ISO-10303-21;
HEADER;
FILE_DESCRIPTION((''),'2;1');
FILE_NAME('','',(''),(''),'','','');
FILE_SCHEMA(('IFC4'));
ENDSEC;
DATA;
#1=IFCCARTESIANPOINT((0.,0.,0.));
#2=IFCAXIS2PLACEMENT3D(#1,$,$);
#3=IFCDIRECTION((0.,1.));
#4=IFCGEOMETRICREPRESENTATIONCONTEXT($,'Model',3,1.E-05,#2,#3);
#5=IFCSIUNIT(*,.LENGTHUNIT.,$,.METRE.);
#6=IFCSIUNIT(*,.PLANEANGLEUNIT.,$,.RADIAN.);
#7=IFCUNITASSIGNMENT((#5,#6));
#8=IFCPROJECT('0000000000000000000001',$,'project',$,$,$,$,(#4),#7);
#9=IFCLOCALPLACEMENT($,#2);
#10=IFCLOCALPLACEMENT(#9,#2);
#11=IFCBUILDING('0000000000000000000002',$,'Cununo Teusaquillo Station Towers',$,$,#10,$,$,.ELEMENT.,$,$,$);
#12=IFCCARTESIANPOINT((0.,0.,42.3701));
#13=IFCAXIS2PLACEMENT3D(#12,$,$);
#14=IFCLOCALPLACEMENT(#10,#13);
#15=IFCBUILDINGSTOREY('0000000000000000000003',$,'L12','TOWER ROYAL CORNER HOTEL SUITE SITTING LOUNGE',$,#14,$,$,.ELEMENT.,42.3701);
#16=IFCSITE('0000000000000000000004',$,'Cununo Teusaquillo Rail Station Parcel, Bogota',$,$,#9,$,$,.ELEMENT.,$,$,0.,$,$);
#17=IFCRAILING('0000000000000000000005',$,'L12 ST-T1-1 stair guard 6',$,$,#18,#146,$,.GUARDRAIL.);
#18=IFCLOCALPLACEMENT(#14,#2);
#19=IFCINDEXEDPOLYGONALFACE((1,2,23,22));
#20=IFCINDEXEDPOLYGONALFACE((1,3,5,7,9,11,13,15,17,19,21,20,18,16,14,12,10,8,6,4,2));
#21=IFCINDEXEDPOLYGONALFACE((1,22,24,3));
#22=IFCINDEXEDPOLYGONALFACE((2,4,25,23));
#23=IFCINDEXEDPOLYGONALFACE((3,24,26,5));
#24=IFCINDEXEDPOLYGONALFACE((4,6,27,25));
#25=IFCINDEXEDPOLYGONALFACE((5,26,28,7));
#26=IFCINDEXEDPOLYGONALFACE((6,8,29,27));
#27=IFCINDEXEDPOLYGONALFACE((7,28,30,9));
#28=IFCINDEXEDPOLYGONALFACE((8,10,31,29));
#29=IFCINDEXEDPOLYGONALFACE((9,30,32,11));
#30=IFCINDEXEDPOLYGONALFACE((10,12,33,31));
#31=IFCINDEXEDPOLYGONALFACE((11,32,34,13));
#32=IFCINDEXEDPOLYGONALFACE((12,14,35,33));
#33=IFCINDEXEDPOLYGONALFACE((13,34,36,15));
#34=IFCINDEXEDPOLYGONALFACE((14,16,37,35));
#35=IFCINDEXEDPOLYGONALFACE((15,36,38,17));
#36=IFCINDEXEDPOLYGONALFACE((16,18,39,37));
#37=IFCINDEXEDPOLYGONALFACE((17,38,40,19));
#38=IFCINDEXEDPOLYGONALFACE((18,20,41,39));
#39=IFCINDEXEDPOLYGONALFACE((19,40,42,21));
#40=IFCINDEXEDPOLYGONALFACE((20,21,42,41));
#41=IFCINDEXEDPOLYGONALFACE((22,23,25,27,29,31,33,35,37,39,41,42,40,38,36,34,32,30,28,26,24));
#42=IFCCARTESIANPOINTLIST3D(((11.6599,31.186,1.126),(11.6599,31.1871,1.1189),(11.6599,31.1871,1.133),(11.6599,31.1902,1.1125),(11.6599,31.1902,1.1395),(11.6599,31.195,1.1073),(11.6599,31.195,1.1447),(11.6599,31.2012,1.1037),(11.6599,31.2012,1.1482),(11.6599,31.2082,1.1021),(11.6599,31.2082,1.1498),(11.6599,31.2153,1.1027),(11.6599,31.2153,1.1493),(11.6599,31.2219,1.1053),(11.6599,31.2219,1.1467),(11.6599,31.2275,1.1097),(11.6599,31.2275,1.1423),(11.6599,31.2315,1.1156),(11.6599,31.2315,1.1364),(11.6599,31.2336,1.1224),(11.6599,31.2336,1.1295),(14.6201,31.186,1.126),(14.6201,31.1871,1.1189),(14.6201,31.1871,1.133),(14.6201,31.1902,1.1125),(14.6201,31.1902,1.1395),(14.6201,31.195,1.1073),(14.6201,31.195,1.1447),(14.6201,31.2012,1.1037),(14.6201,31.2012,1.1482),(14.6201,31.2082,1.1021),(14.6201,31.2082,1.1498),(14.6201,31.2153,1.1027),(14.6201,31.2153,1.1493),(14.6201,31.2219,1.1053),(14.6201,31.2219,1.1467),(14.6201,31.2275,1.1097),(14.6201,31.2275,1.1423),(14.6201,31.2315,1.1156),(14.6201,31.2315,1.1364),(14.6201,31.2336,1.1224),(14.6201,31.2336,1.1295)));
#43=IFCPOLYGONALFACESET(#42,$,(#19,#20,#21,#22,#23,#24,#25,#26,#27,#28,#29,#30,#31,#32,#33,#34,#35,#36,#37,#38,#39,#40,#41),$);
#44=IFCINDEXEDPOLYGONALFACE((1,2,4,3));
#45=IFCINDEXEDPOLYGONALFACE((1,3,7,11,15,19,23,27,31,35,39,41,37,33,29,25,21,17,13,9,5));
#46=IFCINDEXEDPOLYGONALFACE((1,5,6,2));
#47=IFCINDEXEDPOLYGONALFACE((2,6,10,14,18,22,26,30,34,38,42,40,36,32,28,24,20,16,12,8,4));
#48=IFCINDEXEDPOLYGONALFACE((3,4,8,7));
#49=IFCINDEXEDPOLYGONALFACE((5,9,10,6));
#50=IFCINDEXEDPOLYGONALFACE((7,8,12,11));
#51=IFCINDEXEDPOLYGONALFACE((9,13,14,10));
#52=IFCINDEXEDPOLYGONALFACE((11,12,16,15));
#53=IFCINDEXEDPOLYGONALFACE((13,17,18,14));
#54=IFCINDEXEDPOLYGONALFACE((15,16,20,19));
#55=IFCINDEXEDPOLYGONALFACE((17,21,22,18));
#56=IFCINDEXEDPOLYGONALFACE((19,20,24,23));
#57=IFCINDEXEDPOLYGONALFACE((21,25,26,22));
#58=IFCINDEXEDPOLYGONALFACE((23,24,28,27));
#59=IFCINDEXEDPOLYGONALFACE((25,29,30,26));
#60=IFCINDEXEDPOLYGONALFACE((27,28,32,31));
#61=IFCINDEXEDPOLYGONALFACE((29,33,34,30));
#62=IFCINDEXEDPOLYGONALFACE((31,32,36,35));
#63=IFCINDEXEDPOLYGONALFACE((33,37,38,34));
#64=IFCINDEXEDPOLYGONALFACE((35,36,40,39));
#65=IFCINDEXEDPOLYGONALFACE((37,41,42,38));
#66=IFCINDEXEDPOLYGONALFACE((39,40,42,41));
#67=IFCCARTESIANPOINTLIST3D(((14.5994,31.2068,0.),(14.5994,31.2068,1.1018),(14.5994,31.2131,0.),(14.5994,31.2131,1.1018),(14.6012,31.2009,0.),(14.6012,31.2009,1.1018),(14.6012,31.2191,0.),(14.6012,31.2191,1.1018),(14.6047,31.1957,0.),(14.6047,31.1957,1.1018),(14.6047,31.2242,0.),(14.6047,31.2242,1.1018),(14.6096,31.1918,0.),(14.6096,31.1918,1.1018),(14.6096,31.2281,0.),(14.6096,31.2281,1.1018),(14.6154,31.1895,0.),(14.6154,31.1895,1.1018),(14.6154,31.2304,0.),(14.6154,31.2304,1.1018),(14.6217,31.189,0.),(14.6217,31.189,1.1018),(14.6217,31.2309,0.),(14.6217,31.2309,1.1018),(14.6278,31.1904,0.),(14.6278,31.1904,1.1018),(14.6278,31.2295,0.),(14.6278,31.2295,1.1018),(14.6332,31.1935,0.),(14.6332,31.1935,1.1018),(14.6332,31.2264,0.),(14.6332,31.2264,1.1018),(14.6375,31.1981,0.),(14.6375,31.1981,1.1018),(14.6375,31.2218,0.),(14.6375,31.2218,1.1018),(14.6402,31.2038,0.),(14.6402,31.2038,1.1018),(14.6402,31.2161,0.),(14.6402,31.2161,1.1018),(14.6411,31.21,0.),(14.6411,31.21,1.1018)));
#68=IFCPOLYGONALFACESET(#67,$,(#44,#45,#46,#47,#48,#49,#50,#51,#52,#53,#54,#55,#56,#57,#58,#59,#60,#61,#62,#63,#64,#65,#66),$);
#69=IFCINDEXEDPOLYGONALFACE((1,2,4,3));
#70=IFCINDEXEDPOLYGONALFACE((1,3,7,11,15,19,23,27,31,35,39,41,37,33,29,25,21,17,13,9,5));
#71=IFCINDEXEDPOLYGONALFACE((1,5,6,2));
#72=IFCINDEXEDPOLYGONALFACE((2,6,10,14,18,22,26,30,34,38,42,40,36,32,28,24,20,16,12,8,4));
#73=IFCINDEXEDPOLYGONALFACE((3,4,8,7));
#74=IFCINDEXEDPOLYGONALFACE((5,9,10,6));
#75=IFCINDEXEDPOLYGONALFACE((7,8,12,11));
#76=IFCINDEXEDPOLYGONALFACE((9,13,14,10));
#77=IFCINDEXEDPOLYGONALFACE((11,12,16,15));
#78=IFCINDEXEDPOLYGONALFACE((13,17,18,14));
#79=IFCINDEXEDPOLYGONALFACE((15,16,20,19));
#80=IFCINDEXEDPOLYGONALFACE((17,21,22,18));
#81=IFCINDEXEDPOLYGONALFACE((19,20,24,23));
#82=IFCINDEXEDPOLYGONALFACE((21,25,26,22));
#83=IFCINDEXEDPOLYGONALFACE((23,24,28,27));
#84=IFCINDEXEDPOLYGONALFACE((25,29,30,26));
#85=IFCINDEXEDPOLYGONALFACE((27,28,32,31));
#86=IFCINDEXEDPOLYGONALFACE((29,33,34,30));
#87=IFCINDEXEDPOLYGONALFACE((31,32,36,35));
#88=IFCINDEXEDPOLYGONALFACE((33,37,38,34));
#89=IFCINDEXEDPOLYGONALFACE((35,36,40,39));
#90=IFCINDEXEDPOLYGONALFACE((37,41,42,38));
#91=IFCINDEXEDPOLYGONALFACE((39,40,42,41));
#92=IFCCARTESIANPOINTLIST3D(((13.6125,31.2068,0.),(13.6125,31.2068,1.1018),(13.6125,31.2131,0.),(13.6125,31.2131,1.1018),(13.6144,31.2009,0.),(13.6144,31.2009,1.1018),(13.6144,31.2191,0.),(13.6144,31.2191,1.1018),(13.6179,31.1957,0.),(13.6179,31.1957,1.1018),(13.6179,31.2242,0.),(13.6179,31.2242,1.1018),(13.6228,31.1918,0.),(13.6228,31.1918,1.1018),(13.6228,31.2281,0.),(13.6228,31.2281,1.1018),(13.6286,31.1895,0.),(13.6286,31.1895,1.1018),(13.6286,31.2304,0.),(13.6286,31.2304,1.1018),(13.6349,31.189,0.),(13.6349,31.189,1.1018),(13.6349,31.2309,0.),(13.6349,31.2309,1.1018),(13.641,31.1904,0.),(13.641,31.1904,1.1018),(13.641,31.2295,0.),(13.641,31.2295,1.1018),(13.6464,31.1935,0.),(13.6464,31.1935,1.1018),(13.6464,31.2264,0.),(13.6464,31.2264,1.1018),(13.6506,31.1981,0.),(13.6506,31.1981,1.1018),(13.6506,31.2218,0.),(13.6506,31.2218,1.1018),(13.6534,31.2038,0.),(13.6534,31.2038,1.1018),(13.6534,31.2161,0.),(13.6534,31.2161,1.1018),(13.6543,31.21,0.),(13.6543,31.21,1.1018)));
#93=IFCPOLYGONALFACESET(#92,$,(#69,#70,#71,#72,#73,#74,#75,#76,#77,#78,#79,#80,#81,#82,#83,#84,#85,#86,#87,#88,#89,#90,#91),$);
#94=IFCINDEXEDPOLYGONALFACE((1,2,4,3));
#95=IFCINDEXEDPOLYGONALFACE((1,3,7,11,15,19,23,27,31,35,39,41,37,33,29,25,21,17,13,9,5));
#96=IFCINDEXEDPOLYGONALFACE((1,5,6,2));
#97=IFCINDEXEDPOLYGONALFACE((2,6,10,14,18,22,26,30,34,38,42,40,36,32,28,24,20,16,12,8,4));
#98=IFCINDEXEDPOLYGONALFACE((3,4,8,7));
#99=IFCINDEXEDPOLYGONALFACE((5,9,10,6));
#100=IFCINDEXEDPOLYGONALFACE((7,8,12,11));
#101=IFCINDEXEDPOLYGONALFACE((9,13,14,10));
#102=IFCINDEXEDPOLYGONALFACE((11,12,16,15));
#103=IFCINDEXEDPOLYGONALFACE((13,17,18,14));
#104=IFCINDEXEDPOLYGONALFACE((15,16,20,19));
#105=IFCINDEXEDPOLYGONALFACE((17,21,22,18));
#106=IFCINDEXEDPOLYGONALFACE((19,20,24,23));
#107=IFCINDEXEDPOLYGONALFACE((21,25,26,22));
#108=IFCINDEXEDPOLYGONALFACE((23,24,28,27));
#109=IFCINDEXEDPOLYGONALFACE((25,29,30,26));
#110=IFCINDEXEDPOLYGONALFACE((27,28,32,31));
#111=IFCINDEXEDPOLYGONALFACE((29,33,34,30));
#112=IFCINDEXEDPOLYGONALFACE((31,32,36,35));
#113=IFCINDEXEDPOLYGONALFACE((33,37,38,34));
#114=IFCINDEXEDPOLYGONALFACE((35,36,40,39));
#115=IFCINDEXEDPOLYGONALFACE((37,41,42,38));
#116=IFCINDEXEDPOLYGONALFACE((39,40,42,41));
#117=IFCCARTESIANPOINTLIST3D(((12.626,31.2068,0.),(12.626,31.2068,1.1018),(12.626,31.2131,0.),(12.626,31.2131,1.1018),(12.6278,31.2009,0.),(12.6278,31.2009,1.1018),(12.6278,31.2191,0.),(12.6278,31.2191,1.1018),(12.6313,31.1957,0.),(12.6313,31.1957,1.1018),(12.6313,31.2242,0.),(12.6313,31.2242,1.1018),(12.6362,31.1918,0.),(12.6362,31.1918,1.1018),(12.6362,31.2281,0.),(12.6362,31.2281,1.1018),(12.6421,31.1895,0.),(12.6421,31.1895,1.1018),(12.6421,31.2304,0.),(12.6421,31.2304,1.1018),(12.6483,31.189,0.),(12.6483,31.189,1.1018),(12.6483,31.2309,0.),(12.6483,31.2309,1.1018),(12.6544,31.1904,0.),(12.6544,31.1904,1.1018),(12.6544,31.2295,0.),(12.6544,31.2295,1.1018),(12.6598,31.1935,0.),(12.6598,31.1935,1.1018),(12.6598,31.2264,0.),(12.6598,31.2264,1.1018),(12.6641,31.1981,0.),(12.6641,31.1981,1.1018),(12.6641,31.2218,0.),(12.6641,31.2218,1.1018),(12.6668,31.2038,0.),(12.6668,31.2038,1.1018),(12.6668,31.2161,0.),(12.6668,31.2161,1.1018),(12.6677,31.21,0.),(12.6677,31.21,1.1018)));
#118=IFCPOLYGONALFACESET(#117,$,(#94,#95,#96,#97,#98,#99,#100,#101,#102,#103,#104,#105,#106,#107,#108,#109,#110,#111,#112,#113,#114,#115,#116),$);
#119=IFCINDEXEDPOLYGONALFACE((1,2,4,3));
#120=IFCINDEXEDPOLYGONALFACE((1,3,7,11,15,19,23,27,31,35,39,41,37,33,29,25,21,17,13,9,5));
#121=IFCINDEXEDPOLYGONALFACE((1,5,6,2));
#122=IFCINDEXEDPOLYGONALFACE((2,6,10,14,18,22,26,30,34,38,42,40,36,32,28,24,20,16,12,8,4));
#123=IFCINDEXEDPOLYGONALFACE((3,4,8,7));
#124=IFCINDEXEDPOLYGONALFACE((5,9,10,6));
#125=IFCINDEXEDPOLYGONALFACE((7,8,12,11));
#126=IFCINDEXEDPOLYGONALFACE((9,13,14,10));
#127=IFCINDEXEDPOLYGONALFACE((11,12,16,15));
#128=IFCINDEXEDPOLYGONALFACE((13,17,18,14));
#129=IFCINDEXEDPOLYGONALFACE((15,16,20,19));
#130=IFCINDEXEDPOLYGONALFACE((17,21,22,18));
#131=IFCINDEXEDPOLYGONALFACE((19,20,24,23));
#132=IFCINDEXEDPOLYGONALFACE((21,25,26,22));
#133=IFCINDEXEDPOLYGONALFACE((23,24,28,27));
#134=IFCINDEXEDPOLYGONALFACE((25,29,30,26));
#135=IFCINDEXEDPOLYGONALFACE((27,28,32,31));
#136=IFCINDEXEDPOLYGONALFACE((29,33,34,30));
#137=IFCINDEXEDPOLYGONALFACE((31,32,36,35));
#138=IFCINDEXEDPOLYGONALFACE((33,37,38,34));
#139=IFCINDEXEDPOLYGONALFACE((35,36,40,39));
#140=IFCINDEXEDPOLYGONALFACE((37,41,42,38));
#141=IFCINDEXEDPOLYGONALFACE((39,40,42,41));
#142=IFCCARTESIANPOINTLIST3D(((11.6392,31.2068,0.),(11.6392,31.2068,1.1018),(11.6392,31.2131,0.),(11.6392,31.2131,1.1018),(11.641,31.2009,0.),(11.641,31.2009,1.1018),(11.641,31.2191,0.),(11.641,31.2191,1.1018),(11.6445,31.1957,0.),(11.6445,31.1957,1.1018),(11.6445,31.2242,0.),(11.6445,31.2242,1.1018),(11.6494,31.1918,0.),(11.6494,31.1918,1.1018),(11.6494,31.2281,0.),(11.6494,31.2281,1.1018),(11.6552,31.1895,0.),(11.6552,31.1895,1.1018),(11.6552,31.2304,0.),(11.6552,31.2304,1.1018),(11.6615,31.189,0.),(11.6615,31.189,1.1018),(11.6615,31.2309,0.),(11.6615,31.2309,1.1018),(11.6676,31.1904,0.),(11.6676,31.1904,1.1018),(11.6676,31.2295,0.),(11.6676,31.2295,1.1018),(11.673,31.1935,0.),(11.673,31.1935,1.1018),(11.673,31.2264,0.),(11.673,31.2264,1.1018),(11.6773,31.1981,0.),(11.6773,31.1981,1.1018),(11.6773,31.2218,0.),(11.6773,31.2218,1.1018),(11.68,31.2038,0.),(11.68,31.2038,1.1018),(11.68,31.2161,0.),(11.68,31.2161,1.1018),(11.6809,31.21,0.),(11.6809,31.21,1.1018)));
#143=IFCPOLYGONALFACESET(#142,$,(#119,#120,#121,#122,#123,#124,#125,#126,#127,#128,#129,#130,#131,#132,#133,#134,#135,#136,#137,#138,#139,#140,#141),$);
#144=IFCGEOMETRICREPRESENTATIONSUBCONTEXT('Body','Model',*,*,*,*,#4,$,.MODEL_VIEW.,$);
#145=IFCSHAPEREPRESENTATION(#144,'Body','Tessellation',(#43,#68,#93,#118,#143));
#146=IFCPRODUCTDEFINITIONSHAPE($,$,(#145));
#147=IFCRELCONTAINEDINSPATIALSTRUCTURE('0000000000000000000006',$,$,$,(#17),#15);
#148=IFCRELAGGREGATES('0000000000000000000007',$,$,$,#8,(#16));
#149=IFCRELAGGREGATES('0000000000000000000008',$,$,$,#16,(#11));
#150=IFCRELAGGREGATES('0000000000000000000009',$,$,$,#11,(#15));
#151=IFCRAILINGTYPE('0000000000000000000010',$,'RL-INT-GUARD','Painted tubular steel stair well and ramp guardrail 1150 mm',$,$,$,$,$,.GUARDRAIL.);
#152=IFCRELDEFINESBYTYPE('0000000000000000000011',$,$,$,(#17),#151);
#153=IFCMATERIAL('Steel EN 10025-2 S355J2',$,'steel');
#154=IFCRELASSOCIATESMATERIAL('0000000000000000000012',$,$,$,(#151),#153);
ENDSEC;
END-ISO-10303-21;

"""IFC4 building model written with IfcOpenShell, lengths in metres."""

from ifc_helpers import new_model, si_unit, direction, frame, origin, origin_2d, place, context, subcontext, project, spatial, circle, extrude, material, type_object, element, save


model = new_model("IFC4")

# Units and contexts
model_context = context("Model", 3, precision=1e-05, world=origin(), true_north=direction((0.0, 1.0)))
body_context = subcontext(model_context, "Body", "Model", "MODEL_VIEW")
ifc_project = project(units=[si_unit("LENGTHUNIT", "METRE"), si_unit("PLANEANGLEUNIT", "RADIAN")], contexts=[model_context])

# Site, building, storey
site_placement = place(None, origin())
site = spatial("IfcSite", under=ifc_project, at=site_placement, Name="Cununo Teusaquillo Rail Station Parcel, Bogota", CompositionType="ELEMENT", RefElevation=0.0)
building_placement = place(site_placement, origin())
building = spatial("IfcBuilding", under=site, at=building_placement, Name="Cununo Teusaquillo Station Towers", CompositionType="ELEMENT")
storey_placement = place(building_placement, frame((0.0, 0.0, 42.3701)))
storey = spatial("IfcBuildingStorey", under=building, at=storey_placement, Name="L12", Description="TOWER ROYAL CORNER HOTEL SUITE SITTING LOUNGE", CompositionType="ELEMENT", Elevation=42.3701)

# Railing
ifc_material_1 = material(Name="Steel EN 10025-2 S355J2", Category="steel")
railing_type_1 = type_object("IfcRailingType", Name="RL-INT-GUARD", Description="Painted tubular steel stair well and ramp guardrail 1150 mm", PredefinedType="GUARDRAIL", material=ifc_material_1)
railing_1_placement = place(storey_placement, frame((14.6201, 31.21, 0.0)))
element("IfcRailing", 1, at=railing_1_placement, inside=storey, type_object=railing_type_1, Name="L12 ST-T1-1 stair guard 6", PredefinedType="GUARDRAIL", context=body_context, shape_type="SweptSolid", body=[
    extrude(circle(Radius=0.0239, at=origin_2d()), frame((0.0, 0.0, 1.126), z_axis=(-1.0, 0.0, 0.0), x_axis=(0.0, -1.0, 0.0)), (0.0, 0.0, 1.0), 2.9602),
    extrude(circle(Radius=0.021, at=origin_2d()), origin(), (0.0, 0.0, 1.0), 1.1018),
    extrude(circle(Radius=0.021, at=origin_2d()), frame((-0.9868, 0.0, 0.0)), (0.0, 0.0, 1.0), 1.1018),
    extrude(circle(Radius=0.021, at=origin_2d()), frame((-1.9734, 0.0, 0.0)), (0.0, 0.0, 1.0), 1.1018),
    extrude(circle(Radius=0.021, at=origin_2d()), frame((-2.9602, 0.0, 0.0)), (0.0, 0.0, 1.0), 1.1018),
])

save(model, "model.ifc")
